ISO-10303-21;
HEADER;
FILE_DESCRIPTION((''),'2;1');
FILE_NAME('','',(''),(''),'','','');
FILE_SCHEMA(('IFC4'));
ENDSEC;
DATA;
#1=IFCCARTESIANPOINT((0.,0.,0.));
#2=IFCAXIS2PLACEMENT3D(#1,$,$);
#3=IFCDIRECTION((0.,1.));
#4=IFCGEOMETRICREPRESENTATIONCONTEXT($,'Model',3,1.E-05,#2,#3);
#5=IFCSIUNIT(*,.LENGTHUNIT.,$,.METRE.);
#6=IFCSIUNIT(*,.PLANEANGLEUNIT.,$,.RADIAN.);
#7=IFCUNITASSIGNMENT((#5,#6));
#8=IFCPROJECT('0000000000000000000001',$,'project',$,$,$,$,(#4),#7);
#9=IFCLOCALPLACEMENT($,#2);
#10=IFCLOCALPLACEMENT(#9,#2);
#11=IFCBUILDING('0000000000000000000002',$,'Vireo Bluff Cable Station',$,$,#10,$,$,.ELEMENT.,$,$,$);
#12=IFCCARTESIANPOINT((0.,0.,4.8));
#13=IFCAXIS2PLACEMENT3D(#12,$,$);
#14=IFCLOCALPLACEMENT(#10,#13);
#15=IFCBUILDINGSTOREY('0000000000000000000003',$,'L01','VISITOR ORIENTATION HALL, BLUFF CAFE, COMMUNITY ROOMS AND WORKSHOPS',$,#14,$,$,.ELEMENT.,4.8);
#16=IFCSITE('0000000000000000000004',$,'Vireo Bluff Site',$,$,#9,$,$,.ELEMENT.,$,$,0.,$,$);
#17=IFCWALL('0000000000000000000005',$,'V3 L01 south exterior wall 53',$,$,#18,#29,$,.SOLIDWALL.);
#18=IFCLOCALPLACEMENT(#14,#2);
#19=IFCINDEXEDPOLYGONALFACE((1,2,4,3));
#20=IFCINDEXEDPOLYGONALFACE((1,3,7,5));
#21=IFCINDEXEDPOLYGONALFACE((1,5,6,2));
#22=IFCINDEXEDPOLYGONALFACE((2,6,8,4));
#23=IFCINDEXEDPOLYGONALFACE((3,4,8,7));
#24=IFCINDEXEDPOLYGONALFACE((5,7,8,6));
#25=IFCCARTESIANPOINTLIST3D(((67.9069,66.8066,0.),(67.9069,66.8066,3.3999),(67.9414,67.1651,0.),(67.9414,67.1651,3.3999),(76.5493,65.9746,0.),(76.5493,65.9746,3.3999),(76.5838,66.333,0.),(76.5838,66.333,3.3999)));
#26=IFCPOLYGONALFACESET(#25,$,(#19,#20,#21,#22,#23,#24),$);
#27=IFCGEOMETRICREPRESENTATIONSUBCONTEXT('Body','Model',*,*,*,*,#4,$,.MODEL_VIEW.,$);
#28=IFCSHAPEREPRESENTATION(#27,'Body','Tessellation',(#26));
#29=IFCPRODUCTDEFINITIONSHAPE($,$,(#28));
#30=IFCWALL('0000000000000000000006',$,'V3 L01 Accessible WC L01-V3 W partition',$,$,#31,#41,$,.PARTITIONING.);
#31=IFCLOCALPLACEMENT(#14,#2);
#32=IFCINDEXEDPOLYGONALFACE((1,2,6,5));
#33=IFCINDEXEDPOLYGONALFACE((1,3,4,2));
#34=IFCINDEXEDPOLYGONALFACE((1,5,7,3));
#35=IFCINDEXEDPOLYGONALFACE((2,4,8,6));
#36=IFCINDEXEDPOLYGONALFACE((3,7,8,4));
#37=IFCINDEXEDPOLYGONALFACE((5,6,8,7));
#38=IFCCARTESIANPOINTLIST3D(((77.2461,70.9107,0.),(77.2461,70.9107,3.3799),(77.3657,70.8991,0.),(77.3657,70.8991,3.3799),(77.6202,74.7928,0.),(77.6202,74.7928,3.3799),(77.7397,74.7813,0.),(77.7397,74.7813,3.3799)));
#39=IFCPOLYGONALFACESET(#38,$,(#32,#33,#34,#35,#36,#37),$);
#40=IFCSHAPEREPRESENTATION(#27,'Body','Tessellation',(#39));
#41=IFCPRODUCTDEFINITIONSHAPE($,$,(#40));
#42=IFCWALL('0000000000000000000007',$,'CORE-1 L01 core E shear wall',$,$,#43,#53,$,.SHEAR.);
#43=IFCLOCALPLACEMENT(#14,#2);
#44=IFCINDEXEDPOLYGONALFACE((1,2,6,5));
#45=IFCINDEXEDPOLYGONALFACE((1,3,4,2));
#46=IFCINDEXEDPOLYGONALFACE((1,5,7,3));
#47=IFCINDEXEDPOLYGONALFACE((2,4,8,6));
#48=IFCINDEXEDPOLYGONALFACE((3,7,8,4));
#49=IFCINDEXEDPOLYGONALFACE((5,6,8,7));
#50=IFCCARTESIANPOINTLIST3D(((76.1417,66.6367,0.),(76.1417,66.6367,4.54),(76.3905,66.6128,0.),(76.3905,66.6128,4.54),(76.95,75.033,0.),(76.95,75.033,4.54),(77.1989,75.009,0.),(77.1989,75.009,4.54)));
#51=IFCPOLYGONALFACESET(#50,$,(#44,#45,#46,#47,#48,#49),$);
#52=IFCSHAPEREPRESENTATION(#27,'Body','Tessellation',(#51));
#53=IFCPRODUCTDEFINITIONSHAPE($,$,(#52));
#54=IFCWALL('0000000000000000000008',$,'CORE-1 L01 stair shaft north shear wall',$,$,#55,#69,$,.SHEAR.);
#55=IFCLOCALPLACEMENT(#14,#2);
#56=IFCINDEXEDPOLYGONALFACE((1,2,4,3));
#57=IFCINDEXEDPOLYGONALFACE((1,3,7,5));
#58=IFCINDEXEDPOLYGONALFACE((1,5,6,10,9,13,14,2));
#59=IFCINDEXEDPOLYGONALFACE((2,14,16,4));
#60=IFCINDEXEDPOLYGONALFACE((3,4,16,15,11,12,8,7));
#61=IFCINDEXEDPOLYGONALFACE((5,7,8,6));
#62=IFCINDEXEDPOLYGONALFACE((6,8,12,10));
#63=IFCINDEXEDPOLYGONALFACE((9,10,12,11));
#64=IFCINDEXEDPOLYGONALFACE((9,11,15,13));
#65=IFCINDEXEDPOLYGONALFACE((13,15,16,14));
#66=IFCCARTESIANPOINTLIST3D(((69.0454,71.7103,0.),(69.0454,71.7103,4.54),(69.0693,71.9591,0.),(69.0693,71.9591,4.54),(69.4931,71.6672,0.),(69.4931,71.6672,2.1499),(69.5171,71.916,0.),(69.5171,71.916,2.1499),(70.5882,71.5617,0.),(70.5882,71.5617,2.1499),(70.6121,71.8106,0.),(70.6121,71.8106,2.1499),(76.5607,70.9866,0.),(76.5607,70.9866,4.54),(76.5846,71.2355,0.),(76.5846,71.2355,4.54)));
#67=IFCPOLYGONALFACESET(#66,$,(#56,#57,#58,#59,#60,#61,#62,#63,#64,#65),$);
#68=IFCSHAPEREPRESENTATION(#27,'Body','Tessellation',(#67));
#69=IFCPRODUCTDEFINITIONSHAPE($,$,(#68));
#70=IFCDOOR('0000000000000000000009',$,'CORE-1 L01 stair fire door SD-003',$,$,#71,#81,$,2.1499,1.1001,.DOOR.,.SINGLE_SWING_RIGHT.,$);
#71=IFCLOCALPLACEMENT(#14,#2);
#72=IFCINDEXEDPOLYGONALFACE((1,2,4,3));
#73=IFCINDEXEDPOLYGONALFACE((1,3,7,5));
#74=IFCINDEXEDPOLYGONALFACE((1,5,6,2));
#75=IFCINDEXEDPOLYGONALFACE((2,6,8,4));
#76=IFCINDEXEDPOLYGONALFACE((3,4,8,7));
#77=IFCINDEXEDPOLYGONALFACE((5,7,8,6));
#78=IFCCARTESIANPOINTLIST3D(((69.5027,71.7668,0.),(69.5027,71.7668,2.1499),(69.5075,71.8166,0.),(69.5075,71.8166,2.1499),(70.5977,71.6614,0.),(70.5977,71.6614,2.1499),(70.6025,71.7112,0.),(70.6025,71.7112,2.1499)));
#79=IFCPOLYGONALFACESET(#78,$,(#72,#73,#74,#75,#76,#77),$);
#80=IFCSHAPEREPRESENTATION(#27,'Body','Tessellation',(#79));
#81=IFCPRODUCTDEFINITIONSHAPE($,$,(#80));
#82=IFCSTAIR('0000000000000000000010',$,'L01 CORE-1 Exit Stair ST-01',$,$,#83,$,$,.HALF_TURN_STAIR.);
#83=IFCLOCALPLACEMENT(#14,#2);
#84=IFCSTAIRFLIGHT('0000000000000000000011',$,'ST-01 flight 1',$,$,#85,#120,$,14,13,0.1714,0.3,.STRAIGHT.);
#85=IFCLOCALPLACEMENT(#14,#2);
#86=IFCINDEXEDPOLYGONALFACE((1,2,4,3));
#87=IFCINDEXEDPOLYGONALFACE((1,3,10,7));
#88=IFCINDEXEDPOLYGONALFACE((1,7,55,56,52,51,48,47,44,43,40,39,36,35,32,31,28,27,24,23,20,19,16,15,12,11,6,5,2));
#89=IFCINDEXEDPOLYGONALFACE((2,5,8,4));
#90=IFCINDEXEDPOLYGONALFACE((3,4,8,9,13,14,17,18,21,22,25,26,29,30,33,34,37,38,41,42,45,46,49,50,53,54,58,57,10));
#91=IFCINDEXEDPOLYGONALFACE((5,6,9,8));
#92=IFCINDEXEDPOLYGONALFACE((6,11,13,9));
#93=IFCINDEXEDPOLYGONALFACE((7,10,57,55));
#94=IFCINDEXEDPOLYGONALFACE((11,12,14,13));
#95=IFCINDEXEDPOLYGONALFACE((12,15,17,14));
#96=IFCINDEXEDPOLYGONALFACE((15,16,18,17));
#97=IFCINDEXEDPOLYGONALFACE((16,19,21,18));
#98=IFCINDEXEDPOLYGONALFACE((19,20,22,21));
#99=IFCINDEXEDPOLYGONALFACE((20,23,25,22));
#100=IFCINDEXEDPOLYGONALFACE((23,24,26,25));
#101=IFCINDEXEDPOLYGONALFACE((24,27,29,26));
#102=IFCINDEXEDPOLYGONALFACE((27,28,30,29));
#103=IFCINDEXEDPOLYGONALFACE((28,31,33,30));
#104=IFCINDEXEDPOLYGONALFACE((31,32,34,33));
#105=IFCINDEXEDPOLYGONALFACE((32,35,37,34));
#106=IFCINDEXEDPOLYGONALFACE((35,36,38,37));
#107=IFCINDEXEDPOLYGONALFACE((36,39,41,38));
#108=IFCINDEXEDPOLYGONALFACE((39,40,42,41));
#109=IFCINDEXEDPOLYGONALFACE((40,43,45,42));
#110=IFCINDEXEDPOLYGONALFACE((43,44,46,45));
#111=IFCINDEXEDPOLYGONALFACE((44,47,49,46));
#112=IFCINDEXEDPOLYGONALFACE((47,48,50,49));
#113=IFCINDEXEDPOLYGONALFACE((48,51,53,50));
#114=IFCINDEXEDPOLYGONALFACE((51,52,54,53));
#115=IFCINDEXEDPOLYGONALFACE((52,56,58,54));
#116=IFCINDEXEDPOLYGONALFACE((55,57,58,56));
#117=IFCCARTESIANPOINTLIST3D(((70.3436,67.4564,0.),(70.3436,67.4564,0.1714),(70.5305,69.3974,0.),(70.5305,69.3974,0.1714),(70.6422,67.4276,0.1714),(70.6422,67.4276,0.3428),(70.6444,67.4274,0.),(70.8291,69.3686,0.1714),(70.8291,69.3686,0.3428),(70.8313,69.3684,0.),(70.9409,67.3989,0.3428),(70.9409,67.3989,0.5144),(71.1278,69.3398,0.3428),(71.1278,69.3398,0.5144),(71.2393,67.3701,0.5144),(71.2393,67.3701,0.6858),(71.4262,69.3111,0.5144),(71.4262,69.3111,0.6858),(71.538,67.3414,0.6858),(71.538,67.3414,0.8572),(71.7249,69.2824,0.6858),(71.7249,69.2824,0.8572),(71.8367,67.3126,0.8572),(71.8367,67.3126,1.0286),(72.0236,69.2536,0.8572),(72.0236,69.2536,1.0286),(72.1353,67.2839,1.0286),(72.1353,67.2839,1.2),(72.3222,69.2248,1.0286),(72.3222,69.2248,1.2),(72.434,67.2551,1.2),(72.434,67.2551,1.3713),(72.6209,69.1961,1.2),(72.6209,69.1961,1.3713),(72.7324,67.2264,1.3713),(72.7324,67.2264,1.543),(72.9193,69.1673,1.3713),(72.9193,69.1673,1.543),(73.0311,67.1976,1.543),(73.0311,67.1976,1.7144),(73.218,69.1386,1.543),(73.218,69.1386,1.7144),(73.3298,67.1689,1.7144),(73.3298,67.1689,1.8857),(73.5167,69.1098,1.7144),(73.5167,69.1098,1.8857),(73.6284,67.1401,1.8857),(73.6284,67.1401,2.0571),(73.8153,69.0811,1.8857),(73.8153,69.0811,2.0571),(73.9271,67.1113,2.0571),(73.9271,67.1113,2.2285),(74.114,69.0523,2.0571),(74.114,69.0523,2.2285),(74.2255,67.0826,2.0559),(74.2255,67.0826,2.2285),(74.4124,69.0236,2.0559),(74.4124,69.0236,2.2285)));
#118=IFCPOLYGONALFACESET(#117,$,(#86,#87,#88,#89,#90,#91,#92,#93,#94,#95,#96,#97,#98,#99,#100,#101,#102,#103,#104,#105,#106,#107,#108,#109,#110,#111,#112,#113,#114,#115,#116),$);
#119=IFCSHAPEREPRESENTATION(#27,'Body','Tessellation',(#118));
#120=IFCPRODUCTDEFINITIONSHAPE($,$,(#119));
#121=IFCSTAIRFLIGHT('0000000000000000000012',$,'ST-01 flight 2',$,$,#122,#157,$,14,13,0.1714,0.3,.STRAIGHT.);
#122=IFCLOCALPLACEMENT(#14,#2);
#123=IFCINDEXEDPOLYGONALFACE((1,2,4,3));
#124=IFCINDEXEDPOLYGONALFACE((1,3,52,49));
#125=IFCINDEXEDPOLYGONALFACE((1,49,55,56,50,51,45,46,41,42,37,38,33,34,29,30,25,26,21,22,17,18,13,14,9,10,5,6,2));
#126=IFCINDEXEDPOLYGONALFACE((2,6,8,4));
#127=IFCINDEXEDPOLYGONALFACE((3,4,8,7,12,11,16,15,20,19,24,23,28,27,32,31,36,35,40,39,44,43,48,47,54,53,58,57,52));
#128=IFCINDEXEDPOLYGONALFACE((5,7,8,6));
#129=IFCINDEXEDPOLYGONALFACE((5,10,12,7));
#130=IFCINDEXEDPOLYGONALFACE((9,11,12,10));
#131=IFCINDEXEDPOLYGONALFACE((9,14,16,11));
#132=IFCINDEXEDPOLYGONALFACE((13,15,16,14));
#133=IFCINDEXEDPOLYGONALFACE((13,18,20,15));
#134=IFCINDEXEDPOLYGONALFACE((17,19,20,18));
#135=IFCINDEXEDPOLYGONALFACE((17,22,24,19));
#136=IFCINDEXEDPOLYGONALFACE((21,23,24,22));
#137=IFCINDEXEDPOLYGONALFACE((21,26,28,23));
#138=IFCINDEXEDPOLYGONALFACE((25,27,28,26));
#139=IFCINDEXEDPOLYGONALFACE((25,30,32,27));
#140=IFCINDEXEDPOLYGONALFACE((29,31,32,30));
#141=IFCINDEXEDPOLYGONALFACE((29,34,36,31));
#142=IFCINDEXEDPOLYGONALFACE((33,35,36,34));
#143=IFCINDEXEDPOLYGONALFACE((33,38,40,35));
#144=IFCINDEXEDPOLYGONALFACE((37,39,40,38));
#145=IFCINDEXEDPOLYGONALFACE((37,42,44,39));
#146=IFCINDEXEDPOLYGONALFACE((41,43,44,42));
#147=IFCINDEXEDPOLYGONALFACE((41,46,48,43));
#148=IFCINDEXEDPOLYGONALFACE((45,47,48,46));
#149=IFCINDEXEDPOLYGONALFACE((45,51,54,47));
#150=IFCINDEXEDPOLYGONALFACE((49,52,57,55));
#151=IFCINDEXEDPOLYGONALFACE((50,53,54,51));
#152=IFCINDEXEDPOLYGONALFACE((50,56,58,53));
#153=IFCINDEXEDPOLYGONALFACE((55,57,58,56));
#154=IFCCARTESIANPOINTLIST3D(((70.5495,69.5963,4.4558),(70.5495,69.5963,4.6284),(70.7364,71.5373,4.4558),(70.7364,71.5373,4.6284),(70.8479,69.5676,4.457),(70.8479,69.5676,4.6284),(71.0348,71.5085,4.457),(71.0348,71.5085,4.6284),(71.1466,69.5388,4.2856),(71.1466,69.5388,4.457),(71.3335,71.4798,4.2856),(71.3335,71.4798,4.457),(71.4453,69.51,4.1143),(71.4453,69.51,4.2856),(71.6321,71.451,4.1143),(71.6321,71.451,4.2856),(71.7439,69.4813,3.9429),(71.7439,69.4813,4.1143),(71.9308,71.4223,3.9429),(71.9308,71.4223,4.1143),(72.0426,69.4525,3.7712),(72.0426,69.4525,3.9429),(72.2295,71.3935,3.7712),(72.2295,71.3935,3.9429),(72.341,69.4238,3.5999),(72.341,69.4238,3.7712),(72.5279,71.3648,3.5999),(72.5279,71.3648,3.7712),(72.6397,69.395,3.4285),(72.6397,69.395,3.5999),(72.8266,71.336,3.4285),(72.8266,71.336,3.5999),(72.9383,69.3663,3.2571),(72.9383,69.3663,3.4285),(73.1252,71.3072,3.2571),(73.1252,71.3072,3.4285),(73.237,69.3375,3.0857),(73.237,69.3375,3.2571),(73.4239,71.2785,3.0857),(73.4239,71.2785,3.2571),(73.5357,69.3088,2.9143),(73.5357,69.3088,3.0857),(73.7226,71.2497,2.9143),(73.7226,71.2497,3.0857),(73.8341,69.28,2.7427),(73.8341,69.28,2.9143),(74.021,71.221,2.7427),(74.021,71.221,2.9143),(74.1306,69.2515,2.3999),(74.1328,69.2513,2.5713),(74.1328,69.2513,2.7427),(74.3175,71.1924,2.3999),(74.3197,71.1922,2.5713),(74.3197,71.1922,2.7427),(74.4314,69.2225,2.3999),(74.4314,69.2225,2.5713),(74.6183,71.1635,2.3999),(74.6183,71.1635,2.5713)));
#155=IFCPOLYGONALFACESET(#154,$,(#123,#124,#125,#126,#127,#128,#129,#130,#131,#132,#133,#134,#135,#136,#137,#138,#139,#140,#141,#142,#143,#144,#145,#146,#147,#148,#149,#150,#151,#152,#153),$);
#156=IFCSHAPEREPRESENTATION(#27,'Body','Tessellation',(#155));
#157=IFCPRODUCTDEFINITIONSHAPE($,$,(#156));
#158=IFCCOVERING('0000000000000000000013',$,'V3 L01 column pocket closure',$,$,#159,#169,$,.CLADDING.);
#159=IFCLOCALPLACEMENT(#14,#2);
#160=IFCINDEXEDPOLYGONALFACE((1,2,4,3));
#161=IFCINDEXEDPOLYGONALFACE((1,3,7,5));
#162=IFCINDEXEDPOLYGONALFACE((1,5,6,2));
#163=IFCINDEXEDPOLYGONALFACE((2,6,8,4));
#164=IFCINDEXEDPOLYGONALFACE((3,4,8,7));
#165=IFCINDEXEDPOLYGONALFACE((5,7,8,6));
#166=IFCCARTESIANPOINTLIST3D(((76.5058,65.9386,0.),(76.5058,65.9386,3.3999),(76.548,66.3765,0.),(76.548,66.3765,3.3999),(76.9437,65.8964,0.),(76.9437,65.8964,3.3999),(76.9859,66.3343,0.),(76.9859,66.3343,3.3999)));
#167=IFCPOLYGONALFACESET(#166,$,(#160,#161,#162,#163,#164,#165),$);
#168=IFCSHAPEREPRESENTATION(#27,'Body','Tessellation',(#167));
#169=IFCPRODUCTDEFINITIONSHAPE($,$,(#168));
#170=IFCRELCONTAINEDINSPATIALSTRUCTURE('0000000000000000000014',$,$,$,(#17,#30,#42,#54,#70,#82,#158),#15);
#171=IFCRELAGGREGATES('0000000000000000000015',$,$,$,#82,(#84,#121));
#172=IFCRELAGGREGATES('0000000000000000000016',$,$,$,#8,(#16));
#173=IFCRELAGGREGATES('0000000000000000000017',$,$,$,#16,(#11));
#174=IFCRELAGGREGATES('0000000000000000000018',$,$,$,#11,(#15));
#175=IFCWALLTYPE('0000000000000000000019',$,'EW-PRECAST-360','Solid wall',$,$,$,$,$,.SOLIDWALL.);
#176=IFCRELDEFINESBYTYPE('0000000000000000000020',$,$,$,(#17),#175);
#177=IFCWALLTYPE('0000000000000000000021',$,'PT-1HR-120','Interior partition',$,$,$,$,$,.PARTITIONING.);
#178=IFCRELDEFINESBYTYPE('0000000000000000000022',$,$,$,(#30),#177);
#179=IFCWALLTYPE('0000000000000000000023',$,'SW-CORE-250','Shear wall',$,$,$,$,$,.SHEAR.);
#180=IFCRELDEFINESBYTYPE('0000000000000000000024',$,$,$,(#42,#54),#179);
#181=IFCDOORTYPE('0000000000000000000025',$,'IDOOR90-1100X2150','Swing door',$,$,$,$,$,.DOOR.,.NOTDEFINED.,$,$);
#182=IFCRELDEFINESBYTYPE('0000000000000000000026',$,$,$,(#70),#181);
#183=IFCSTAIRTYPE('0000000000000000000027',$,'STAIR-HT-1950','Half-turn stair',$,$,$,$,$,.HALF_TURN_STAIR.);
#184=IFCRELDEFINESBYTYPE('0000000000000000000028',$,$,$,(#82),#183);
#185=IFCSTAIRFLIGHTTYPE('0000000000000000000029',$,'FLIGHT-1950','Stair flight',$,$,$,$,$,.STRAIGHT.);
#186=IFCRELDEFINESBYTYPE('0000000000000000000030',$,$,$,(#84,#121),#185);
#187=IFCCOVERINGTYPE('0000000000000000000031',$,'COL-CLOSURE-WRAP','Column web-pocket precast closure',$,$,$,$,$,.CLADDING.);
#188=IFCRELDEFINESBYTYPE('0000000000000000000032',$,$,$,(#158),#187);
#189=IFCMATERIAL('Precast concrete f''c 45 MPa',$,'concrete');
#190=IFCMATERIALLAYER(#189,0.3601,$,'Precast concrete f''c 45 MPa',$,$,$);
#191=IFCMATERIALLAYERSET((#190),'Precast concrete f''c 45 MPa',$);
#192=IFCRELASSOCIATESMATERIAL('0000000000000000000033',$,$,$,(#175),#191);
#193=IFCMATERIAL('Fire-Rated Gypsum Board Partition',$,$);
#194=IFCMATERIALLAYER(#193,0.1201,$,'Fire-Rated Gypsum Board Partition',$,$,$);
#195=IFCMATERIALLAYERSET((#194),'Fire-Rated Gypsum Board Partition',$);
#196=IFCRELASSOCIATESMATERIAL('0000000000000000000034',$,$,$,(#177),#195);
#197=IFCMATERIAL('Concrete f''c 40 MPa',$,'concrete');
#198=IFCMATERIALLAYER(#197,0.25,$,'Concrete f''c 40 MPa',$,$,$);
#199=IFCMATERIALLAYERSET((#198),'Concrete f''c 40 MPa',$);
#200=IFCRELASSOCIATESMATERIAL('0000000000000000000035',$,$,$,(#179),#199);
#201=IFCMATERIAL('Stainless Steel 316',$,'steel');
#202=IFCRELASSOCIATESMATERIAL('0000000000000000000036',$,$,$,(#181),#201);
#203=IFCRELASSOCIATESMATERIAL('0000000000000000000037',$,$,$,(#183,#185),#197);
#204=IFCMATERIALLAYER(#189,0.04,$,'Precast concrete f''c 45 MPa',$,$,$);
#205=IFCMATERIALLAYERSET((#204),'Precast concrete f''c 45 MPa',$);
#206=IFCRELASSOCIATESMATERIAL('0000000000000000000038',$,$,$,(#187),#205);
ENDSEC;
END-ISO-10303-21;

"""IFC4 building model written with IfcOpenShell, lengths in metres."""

from ifc_helpers import new_model, si_unit, direction, frame, frame_2d, origin, origin_with_axes, origin_2d, place, context, subcontext, project, spatial, polyline, rectangle, outline, extrude, material, layer, layer_set, type_object, element, fill, aggregate, save


model = new_model("IFC4")

# Units and contexts
model_context = context("Model", 3, precision=1e-05, world=origin(), true_north=direction((0.0, 1.0)))
body_context = subcontext(model_context, "Body", "Model", "MODEL_VIEW")
ifc_project = project(units=[si_unit("LENGTHUNIT", "METRE"), si_unit("PLANEANGLEUNIT", "RADIAN")], contexts=[model_context])

# Site, building, storey
site_placement = place(None, origin())
site = spatial("IfcSite", under=ifc_project, at=site_placement, Name="Vireo Bluff Site", CompositionType="ELEMENT", RefElevation=0.0)
building_placement = place(site_placement, origin())
building = spatial("IfcBuilding", under=site, at=building_placement, Name="Vireo Bluff Cable Station", CompositionType="ELEMENT")
storey_placement = place(building_placement, frame((0.0, 0.0, 4.8)))
storey = spatial("IfcBuildingStorey", under=building, at=storey_placement, Name="L01", Description="VISITOR ORIENTATION HALL, BLUFF CAFE, COMMUNITY ROOMS AND WORKSHOPS", CompositionType="ELEMENT", Elevation=4.8)

# Walls
ifc_material_1 = material(Name="Precast concrete f'c 45 MPa", Category="concrete")
ifc_layer_1 = layer(ifc_material_1, 0.3601, Name="Precast concrete f'c 45 MPa")
ifc_layer_set_1 = layer_set([ifc_layer_1], Name="Precast concrete f'c 45 MPa")
wall_type_1 = type_object("IfcWallType", Name="EW-PRECAST-360", Description="Solid wall", PredefinedType="SOLIDWALL", material=ifc_layer_set_1)
wall_1_placement = place(storey_placement, frame((76.5667, 66.1538, 0.0), z_axis=(0.0, 0.0, 1.0), x_axis=(-0.995398, 0.095831, 0.0)))
element("IfcWall", 1, at=wall_1_placement, inside=storey, type_object=wall_type_1, Name="V3 L01 south exterior wall 53", PredefinedType="SOLIDWALL", context=body_context, shape_type="SweptSolid", body=[
    extrude(rectangle(XDim=8.6824, YDim=0.3601, at=frame_2d((4.3413, 0.0))), origin(), (0.0, 0.0, 1.0), 3.3999),
])
ifc_material_2 = material(Name="Fire-Rated Gypsum Board Partition")
ifc_layer_2 = layer(ifc_material_2, 0.1201, Name="Fire-Rated Gypsum Board Partition")
ifc_layer_set_2 = layer_set([ifc_layer_2], Name="Fire-Rated Gypsum Board Partition")
wall_type_2 = type_object("IfcWallType", Name="PT-1HR-120", Description="Interior partition", PredefinedType="PARTITIONING", material=ifc_layer_set_2)
wall_2_placement = place(storey_placement, frame((77.3059, 70.9048, 0.0), z_axis=(0.0, 0.0, 1.0), x_axis=(0.095902, 0.995391, 0.0)))
element("IfcWall", 2, at=wall_2_placement, inside=storey, type_object=wall_type_2, Name="V3 L01 Accessible WC L01-V3 W partition", PredefinedType="PARTITIONING", context=body_context, shape_type="SweptSolid", body=[
    extrude(rectangle(XDim=3.9001, YDim=0.1201, at=frame_2d((1.9502, 0.0))), origin(), (0.0, 0.0, 1.0), 3.3799),
])
ifc_material_3 = material(Name="Concrete f'c 40 MPa", Category="concrete")
ifc_layer_3 = layer(ifc_material_3, 0.25, Name="Concrete f'c 40 MPa")
ifc_layer_set_3 = layer_set([ifc_layer_3], Name="Concrete f'c 40 MPa")
wall_type_3 = type_object("IfcWallType", Name="SW-CORE-250", Description="Shear wall", PredefinedType="SHEAR", material=ifc_layer_set_3)
wall_3_placement = place(storey_placement, frame((76.2661, 66.6248, 0.0), z_axis=(0.0, 0.0, 1.0), x_axis=(0.095832, 0.995398, 0.0)))
element("IfcWall", 3, at=wall_3_placement, inside=storey, type_object=wall_type_3, Name="CORE-1 L01 core E shear wall", PredefinedType="SHEAR", context=body_context, shape_type="SweptSolid", body=[
    extrude(rectangle(XDim=8.4351, YDim=0.25, at=frame_2d((4.2175, 0.0))), origin(), (0.0, 0.0, 1.0), 4.54),
])

# Wall, opening, door
wall_4_placement = place(storey_placement, frame((76.5725, 71.1111, 0.0), z_axis=(0.0, 0.0, 1.0), x_axis=(-0.995396, 0.095844, 0.0)))
wall_4 = element("IfcWall", 4, at=wall_4_placement, inside=storey, type_object=wall_type_3, Name="CORE-1 L01 stair shaft north shear wall", PredefinedType="SHEAR", context=body_context, shape_type="SweptSolid", body=[
    extrude(rectangle(XDim=7.55, YDim=0.25, at=frame_2d((3.7749, 0.0))), origin(), (0.0, 0.0, 1.0), 4.54),
])
opening_1_placement = place(wall_4_placement, frame((6.0, 0.0, 0.0)))
opening_1 = element("IfcOpeningElement", 5, at=opening_1_placement, cuts=wall_4, PredefinedType="OPENING", context=body_context, shape_type="SweptSolid", body=[
    extrude(rectangle(XDim=1.1001, YDim=2.1499, at=frame_2d((0.55, 1.075))), frame((0.0, 0.135, 0.0), z_axis=(0.0, -1.0, 0.0), x_axis=(1.0, 0.0, 0.0)), (0.0, 0.0, 1.0), 0.27),
])
ifc_material_4 = material(Name="Stainless Steel 316", Category="steel")
door_type_1 = type_object("IfcDoorType", Name="IDOOR90-1100X2150", Description="Swing door", OperationType="NOTDEFINED", PredefinedType="DOOR", material=ifc_material_4)
door_1_placement = place(opening_1_placement, origin_with_axes())
door_1 = element("IfcDoor", 6, at=door_1_placement, inside=storey, type_object=door_type_1, Name="CORE-1 L01 stair fire door SD-003", OperationType="SINGLE_SWING_RIGHT", OverallHeight=2.1499, OverallWidth=1.1001, PredefinedType="DOOR", context=body_context, shape_type="SweptSolid", body=[
    extrude(rectangle(XDim=1.1001, YDim=2.1499, at=frame_2d((0.55, 1.075))), frame((0.0, 0.0249, 0.0), z_axis=(0.0, -1.0, 0.0), x_axis=(1.0, 0.0, 0.0)), (0.0, 0.0, 1.0), 0.05),
])
fill(opening_1, door_1)

# Stair, stair flights
stair_type = type_object("IfcStairType", Name="STAIR-HT-1950", Description="Half-turn stair", PredefinedType="HALF_TURN_STAIR", material=ifc_material_3)
stair_placement = place(storey_placement, origin())
stair = element("IfcStair", 7, at=stair_placement, inside=storey, type_object=stair_type, Name="L01 CORE-1 Exit Stair ST-01", PredefinedType="HALF_TURN_STAIR")
stair_flight_type = type_object("IfcStairFlightType", Name="FLIGHT-1950", Description="Stair flight", PredefinedType="STRAIGHT", material=ifc_material_3)
stair_flight_1_placement = place(storey_placement, frame((70.437, 68.4268, 0.0), z_axis=(0.0, 0.0, 1.0), x_axis=(0.995396, -0.095846, 0.0)))
stair_flight_1 = element("IfcStairFlight", 8, at=stair_flight_1_placement, type_object=stair_flight_type, Name="ST-01 flight 1", NumberOfRisers=14, NumberOfTreads=13, PredefinedType="STRAIGHT", RiserHeight=0.1714, TreadLength=0.3, context=body_context, shape_type="SweptSolid", body=[
    extrude(outline(polyline([(0.0, 0.0), (0.0, 0.1714), (0.3, 0.1714), (0.3, 0.3428), (0.6001, 0.3428), (0.6001, 0.5144), (0.8999, 0.5144), (0.8999, 0.6858), (1.2, 0.6858), (1.2, 0.8572), (1.5, 0.8572), (1.5, 1.0286), (1.8, 1.0286), (1.8, 1.2), (2.1001, 1.2), (2.1001, 1.3713), (2.3999, 1.3713), (2.3999, 1.543), (2.7, 1.543), (2.7, 1.7144), (3.0, 1.7144), (3.0, 1.8857), (3.3, 1.8857), (3.3, 2.0571), (3.6001, 2.0571), (3.6001, 2.2285), (3.8999, 2.2285), (3.8999, 2.3999), (3.8999, 2.0559), (0.3022, 0.0), (0.0, 0.0)])), frame((0.0, 0.9751, 0.0), z_axis=(0.0, -1.0, 0.0), x_axis=(1.0, 0.0, 0.0)), (0.0, 0.0, 1.0), 1.95),
])
stair_flight_2_placement = place(storey_placement, frame((74.5249, 70.1931, 2.3999), z_axis=(0.0, 0.0, 1.0), x_axis=(-0.995396, 0.095846, 0.0)))
stair_flight_2 = element("IfcStairFlight", 9, at=stair_flight_2_placement, type_object=stair_flight_type, Name="ST-01 flight 2", NumberOfRisers=14, NumberOfTreads=13, PredefinedType="STRAIGHT", RiserHeight=0.1714, TreadLength=0.3, context=body_context, shape_type="SweptSolid", body=[
    extrude(outline(polyline([(0.0, 0.0), (0.0, 0.1714), (0.3, 0.1714), (0.3, 0.3428), (0.6001, 0.3428), (0.6001, 0.5144), (0.8999, 0.5144), (0.8999, 0.6858), (1.2, 0.6858), (1.2, 0.8572), (1.5, 0.8572), (1.5, 1.0286), (1.8, 1.0286), (1.8, 1.2), (2.1001, 1.2), (2.1001, 1.3713), (2.3999, 1.3713), (2.3999, 1.543), (2.7, 1.543), (2.7, 1.7144), (3.0, 1.7144), (3.0, 1.8857), (3.3, 1.8857), (3.3, 2.0571), (3.6001, 2.0571), (3.6001, 2.2285), (3.8999, 2.2285), (3.8999, 2.3999), (3.8999, 2.0559), (0.3022, 0.0), (0.0, 0.0)])), frame((0.0, 0.9751, 0.0), z_axis=(0.0, -1.0, 0.0), x_axis=(1.0, 0.0, 0.0)), (0.0, 0.0, 1.0), 1.95),
])
aggregate(stair, [stair_flight_1, stair_flight_2])

# Covering
ifc_layer_4 = layer(ifc_material_1, 0.04, Name="Precast concrete f'c 45 MPa")
ifc_layer_set_4 = layer_set([ifc_layer_4], Name="Precast concrete f'c 45 MPa")
covering_type = type_object("IfcCoveringType", Name="COL-CLOSURE-WRAP", Description="Column web-pocket precast closure", PredefinedType="CLADDING", material=ifc_layer_set_4)
covering_placement = place(storey_placement, frame((76.7458, 66.1365, 0.0), z_axis=(0.0, 0.0, 1.0), x_axis=(0.995396, -0.095846, 0.0)))
element("IfcCovering", 10, at=covering_placement, inside=storey, type_object=covering_type, Name="V3 L01 column pocket closure", PredefinedType="CLADDING", context=body_context, shape_type="SweptSolid", body=[
    extrude(rectangle(XDim=0.4399, YDim=0.4399, at=origin_2d()), origin(), (0.0, 0.0, 1.0), 3.3999),
])

save(model, "model.ifc")
